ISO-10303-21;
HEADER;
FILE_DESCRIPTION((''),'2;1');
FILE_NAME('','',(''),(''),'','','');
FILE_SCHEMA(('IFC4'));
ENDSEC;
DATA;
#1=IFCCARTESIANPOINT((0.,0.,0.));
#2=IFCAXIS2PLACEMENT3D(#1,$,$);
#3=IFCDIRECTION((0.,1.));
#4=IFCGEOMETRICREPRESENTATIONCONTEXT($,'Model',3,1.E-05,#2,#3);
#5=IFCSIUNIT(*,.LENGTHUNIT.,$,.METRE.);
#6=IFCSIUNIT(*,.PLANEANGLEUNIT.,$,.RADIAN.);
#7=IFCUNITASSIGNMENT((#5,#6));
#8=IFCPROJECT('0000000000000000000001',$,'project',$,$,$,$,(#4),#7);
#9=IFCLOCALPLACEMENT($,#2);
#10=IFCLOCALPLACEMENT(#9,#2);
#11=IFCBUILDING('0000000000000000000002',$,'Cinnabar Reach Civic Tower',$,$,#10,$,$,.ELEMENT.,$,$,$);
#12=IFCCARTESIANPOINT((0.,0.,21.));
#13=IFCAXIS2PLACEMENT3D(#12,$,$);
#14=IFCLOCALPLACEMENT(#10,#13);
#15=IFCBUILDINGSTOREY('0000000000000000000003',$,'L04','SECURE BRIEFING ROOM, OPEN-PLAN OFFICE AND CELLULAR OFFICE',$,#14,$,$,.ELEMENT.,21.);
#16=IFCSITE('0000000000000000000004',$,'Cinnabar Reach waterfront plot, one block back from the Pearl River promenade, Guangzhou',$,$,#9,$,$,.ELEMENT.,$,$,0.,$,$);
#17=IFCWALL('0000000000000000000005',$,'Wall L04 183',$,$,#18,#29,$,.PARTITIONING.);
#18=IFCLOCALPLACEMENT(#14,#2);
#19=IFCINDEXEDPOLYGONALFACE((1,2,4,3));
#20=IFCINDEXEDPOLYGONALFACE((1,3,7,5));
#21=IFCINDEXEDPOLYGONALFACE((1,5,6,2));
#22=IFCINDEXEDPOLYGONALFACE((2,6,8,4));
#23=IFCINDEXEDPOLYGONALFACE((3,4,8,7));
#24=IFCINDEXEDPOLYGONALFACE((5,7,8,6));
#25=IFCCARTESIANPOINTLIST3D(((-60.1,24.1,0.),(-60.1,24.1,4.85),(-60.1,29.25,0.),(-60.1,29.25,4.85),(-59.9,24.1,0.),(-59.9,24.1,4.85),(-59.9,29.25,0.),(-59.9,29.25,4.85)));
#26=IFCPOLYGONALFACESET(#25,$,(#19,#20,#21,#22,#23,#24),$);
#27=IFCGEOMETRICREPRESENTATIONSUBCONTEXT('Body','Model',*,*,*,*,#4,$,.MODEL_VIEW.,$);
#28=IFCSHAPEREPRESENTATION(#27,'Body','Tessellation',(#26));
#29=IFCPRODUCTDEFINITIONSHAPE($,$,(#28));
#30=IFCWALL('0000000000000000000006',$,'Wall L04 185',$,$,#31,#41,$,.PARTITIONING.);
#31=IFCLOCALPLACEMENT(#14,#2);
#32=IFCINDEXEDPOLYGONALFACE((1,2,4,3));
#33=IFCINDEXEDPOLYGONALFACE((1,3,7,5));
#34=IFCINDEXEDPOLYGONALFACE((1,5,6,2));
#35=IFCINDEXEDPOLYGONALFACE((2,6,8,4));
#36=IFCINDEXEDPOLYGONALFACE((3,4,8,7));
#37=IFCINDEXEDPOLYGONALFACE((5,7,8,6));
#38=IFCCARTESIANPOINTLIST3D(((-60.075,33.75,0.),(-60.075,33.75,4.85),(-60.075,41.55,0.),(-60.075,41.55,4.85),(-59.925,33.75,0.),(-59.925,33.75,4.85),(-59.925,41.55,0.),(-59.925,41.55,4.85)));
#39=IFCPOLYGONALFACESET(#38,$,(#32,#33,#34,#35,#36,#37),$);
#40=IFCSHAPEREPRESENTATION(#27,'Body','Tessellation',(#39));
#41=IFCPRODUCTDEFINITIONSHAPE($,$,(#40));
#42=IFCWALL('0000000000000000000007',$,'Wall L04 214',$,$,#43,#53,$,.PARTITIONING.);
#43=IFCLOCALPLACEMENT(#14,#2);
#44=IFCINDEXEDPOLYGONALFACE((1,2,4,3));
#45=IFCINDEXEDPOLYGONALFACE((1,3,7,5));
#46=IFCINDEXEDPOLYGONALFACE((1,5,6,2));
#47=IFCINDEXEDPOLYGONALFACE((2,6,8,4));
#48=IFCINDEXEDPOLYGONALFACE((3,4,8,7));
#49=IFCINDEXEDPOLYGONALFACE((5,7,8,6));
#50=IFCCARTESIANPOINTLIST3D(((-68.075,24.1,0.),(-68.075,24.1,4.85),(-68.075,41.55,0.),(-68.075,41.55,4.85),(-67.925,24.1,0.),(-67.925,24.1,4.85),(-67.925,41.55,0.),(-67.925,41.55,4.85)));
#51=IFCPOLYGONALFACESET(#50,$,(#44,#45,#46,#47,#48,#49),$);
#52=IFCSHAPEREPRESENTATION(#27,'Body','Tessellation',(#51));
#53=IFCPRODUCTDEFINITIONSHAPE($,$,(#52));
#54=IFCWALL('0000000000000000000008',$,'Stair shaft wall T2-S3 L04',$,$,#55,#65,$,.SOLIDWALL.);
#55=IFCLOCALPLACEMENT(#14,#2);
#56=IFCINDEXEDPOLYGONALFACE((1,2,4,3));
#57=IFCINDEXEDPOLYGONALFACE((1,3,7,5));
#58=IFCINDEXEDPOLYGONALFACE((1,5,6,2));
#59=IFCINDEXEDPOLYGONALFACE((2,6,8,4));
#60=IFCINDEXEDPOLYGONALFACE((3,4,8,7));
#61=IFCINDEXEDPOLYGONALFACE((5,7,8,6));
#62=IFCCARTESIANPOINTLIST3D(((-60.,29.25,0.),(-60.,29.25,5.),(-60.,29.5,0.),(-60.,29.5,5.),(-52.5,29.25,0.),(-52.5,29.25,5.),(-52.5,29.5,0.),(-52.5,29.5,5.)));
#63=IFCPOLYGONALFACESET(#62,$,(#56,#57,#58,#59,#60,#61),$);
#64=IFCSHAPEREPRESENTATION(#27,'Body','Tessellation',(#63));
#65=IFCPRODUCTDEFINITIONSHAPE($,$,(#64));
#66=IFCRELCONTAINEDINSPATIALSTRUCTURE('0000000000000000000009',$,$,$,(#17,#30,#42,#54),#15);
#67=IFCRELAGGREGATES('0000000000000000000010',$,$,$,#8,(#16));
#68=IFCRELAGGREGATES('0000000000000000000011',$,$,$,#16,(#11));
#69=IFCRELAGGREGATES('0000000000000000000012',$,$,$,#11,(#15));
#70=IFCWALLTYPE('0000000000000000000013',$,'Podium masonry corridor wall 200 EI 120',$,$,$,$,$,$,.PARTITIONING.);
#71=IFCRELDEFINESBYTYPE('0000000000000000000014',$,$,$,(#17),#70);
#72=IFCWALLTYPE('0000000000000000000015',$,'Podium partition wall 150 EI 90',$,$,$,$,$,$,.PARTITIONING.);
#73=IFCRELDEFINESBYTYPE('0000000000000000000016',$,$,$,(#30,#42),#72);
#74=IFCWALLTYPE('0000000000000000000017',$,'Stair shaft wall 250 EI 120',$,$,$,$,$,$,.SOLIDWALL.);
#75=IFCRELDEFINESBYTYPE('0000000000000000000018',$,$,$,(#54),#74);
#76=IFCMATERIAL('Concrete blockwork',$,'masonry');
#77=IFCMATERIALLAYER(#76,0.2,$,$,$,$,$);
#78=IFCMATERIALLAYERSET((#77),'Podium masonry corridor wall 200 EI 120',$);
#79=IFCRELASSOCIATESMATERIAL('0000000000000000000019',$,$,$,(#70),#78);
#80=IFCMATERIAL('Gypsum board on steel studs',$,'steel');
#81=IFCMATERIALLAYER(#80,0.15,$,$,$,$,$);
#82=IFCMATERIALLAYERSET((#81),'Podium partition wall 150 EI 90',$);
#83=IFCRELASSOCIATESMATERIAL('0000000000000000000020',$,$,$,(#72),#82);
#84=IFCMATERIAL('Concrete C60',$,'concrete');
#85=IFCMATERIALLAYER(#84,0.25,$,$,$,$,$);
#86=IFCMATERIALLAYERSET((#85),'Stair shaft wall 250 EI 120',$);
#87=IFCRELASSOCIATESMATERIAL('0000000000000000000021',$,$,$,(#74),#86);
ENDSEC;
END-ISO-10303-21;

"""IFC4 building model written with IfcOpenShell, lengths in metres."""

from ifc_helpers import new_model, si_unit, direction, frame, frame_2d, origin, place, context, subcontext, project, spatial, rectangle, extrude, material, layer, layer_set, type_object, element, save


model = new_model("IFC4")

# Units and contexts
model_context = context("Model", 3, precision=1e-05, world=origin(), true_north=direction((0.0, 1.0)))
body_context = subcontext(model_context, "Body", "Model", "MODEL_VIEW")
ifc_project = project(units=[si_unit("LENGTHUNIT", "METRE"), si_unit("PLANEANGLEUNIT", "RADIAN")], contexts=[model_context])

# Site, building, storey
site_placement = place(None, origin())
site = spatial("IfcSite", under=ifc_project, at=site_placement, Name="Cinnabar Reach waterfront plot, one block back from the Pearl River promenade, Guangzhou", CompositionType="ELEMENT", RefElevation=0.0)
building_placement = place(site_placement, origin())
building = spatial("IfcBuilding", under=site, at=building_placement, Name="Cinnabar Reach Civic Tower", CompositionType="ELEMENT")
storey_placement = place(building_placement, frame((0.0, 0.0, 21.0)))
storey = spatial("IfcBuildingStorey", under=building, at=storey_placement, Name="L04", Description="SECURE BRIEFING ROOM, OPEN-PLAN OFFICE AND CELLULAR OFFICE", CompositionType="ELEMENT", Elevation=21.0)

# Shared definitions
ifc_material_1 = material(Name="Concrete C60", Category="concrete")

# Shared definitions
ifc_material_2 = material(Name="Concrete blockwork", Category="masonry")
ifc_layer_1 = layer(ifc_material_2, 0.2)
ifc_layer_set_1 = layer_set([ifc_layer_1], Name="Podium masonry corridor wall 200 EI 120")
wall_type_1 = type_object("IfcWallType", Name="Podium masonry corridor wall 200 EI 120", PredefinedType="PARTITIONING", material=ifc_layer_set_1)

# Walls
wall_1_placement = place(storey_placement, frame((-60.0, 24.1, 0.0), z_axis=(0.0, 0.0, 1.0), x_axis=(0.0, 1.0, 0.0)))
element("IfcWall", 1, at=wall_1_placement, inside=storey, type_object=wall_type_1, Name="Wall L04 183", PredefinedType="PARTITIONING", context=body_context, shape_type="SweptSolid", body=[
    extrude(rectangle(XDim=5.15, YDim=0.2, at=frame_2d((2.575, 0.0))), origin(), (0.0, 0.0, 1.0), 4.85),
])
ifc_material_3 = material(Name="Gypsum board on steel studs", Category="steel")
ifc_layer_2 = layer(ifc_material_3, 0.15)
ifc_layer_set_2 = layer_set([ifc_layer_2], Name="Podium partition wall 150 EI 90")
wall_type_2 = type_object("IfcWallType", Name="Podium partition wall 150 EI 90", PredefinedType="PARTITIONING", material=ifc_layer_set_2)
wall_2_placement = place(storey_placement, frame((-60.0, 33.75, 0.0), z_axis=(0.0, 0.0, 1.0), x_axis=(0.0, 1.0, 0.0)))
element("IfcWall", 2, at=wall_2_placement, inside=storey, type_object=wall_type_2, Name="Wall L04 185", PredefinedType="PARTITIONING", context=body_context, shape_type="SweptSolid", body=[
    extrude(rectangle(XDim=7.8, YDim=0.15, at=frame_2d((3.9, 0.0))), origin(), (0.0, 0.0, 1.0), 4.85),
])
wall_3_placement = place(storey_placement, frame((-68.0, 24.1, 0.0), z_axis=(0.0, 0.0, 1.0), x_axis=(0.0, 1.0, 0.0)))
element("IfcWall", 3, at=wall_3_placement, inside=storey, type_object=wall_type_2, Name="Wall L04 214", PredefinedType="PARTITIONING", context=body_context, shape_type="SweptSolid", body=[
    extrude(rectangle(XDim=17.45, YDim=0.15, at=frame_2d((8.725, 0.0))), origin(), (0.0, 0.0, 1.0), 4.85),
])
ifc_layer_3 = layer(ifc_material_1, 0.25)
ifc_layer_set_3 = layer_set([ifc_layer_3], Name="Stair shaft wall 250 EI 120")
wall_type_3 = type_object("IfcWallType", Name="Stair shaft wall 250 EI 120", PredefinedType="SOLIDWALL", material=ifc_layer_set_3)
wall_4_placement = place(storey_placement, frame((-60.0, 29.375, 0.0), z_axis=(0.0, 0.0, 1.0), x_axis=(1.0, 0.0, 0.0)))
element("IfcWall", 4, at=wall_4_placement, inside=storey, type_object=wall_type_3, Name="Stair shaft wall T2-S3 L04", PredefinedType="SOLIDWALL", context=body_context, shape_type="SweptSolid", body=[
    extrude(rectangle(XDim=7.5, YDim=0.25, at=frame_2d((3.75, 0.0))), origin(), (0.0, 0.0, 1.0), 5.0),
])

save(model, "model.ifc")
